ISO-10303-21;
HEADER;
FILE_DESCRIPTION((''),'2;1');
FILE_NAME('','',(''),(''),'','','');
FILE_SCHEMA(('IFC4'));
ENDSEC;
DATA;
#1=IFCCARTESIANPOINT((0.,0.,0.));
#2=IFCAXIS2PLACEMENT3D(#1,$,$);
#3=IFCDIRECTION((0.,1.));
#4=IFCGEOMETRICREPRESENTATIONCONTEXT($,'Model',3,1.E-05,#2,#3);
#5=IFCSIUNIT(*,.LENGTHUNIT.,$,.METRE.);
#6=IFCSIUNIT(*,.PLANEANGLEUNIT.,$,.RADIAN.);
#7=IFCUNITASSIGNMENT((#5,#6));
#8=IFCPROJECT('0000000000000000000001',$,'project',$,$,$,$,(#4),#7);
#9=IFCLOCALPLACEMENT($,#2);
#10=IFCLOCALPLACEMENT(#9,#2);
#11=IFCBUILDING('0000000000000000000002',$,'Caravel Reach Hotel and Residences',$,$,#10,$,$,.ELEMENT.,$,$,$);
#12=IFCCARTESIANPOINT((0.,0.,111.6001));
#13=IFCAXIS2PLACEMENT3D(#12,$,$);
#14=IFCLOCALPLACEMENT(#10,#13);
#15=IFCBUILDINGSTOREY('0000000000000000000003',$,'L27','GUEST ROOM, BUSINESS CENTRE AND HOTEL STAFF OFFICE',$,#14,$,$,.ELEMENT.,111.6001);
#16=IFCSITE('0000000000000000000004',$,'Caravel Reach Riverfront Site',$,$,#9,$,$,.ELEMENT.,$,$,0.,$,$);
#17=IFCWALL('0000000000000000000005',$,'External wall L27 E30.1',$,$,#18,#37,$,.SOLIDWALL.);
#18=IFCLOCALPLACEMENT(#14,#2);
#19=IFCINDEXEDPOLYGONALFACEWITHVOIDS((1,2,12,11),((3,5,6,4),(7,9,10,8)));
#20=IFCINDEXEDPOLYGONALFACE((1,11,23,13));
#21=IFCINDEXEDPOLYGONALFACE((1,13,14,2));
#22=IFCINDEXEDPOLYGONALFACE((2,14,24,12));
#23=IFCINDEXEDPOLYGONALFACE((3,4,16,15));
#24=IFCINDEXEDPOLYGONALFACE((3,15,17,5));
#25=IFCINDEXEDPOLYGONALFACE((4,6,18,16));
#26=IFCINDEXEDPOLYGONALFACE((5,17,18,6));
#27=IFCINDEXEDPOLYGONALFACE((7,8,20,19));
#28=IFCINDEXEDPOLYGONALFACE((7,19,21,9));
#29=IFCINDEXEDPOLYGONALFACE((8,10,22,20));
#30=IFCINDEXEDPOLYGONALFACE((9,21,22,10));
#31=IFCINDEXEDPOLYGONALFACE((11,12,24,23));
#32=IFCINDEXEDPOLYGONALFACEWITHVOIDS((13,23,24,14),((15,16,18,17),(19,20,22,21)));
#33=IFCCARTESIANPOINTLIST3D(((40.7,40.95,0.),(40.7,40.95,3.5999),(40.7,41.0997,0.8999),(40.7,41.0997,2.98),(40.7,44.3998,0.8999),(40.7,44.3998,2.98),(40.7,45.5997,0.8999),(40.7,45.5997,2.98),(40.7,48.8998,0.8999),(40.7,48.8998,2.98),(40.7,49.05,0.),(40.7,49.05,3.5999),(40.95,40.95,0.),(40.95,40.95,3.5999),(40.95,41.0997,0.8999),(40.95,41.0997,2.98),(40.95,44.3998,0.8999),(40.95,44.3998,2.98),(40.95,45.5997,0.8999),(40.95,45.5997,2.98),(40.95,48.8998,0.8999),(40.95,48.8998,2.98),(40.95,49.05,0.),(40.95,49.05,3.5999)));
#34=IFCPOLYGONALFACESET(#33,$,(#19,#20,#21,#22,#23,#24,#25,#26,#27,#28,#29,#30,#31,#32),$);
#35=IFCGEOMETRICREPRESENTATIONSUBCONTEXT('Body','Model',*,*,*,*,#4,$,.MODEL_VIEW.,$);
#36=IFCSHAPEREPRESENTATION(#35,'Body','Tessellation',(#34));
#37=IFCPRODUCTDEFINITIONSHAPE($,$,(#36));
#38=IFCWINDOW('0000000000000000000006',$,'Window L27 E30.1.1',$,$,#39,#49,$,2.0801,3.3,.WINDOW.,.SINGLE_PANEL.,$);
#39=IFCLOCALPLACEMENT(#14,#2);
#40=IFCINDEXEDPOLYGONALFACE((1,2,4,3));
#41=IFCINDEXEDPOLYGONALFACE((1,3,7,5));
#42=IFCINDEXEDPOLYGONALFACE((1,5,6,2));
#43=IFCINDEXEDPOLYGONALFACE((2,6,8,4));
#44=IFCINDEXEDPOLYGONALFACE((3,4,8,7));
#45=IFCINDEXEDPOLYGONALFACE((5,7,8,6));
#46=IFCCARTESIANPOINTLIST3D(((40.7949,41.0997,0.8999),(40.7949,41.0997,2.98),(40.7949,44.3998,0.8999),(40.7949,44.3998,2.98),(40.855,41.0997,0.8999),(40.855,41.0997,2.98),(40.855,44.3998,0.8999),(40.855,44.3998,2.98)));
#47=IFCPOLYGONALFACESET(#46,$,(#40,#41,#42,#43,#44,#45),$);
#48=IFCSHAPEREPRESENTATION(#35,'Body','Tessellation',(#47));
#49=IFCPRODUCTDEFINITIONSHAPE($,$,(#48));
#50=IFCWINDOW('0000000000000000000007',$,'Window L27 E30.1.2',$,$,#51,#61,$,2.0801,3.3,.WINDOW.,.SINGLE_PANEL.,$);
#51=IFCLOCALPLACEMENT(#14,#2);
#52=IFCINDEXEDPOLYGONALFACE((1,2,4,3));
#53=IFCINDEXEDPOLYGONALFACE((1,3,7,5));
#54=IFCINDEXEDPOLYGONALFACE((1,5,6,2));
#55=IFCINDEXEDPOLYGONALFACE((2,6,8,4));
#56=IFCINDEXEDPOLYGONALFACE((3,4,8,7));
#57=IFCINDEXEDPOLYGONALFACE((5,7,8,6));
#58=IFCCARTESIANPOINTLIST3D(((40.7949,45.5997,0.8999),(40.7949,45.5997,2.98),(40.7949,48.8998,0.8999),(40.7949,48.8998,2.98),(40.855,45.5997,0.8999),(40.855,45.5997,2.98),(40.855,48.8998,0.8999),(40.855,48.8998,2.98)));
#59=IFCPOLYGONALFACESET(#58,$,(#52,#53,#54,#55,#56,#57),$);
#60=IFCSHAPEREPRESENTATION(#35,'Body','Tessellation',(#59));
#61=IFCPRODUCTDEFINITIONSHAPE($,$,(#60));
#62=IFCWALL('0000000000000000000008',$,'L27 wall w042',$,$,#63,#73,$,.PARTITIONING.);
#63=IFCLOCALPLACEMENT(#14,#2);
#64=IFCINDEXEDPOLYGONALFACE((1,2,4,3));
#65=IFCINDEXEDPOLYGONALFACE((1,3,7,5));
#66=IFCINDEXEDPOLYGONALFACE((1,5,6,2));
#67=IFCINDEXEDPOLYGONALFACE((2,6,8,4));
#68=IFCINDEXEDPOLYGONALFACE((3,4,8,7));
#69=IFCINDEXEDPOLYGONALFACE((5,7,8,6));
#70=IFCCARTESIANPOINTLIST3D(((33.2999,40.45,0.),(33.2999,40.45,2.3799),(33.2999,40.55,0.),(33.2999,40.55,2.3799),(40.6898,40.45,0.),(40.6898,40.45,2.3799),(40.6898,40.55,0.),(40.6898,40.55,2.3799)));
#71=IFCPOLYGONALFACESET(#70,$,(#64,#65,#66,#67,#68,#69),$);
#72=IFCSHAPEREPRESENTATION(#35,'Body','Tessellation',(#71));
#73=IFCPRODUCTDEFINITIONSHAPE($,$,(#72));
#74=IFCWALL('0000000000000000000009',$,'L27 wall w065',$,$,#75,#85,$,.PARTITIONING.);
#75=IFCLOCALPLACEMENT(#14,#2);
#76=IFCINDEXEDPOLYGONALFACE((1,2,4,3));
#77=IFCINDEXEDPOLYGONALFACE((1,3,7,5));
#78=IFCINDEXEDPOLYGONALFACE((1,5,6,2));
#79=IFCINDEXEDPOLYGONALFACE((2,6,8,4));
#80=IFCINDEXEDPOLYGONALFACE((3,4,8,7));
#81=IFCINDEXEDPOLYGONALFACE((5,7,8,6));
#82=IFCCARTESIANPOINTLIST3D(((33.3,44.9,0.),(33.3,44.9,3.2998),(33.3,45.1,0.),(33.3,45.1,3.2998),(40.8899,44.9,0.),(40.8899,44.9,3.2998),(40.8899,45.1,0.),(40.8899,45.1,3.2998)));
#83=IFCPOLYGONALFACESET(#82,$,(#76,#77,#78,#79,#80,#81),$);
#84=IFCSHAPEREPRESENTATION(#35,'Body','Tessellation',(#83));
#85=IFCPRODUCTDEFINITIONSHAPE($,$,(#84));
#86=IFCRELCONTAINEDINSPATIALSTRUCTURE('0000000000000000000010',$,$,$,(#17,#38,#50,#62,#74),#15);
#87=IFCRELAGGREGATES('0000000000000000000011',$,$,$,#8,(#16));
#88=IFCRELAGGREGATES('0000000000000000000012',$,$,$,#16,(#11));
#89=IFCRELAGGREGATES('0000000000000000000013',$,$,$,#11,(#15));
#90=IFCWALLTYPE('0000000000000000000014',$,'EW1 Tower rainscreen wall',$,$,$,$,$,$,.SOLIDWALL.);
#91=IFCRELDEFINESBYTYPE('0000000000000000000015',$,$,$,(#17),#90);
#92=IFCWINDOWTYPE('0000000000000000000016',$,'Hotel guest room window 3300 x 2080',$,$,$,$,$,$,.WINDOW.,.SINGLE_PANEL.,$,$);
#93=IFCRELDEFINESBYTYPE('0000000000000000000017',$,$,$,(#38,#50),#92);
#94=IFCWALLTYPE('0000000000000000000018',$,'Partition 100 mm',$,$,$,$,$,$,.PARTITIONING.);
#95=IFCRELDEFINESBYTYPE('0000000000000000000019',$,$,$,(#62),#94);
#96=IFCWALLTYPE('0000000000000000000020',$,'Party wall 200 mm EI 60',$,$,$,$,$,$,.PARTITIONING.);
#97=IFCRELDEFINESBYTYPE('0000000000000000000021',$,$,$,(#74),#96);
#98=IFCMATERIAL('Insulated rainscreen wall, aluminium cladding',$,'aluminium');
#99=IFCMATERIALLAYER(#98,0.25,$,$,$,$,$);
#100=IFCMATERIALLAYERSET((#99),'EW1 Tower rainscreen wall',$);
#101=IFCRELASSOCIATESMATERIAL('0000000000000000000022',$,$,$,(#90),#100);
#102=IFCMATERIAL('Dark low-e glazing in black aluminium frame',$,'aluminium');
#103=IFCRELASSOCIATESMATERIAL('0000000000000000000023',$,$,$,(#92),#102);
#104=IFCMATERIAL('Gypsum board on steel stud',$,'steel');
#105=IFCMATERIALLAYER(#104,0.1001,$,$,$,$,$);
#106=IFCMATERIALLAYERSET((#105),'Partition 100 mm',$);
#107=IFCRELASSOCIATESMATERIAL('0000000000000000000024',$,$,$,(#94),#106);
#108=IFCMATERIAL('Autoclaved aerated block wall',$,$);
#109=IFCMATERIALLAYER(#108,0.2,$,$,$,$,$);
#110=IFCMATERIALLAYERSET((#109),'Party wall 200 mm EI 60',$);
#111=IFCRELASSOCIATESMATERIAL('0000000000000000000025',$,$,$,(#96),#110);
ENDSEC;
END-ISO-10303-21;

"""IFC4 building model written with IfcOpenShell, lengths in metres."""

from ifc_helpers import new_model, si_unit, direction, frame, frame_2d, origin, place, context, subcontext, project, spatial, rectangle, extrude, material, layer, layer_set, type_object, element, fill, save


model = new_model("IFC4")

# Units and contexts
model_context = context("Model", 3, precision=1e-05, world=origin(), true_north=direction((0.0, 1.0)))
body_context = subcontext(model_context, "Body", "Model", "MODEL_VIEW")
ifc_project = project(units=[si_unit("LENGTHUNIT", "METRE"), si_unit("PLANEANGLEUNIT", "RADIAN")], contexts=[model_context])

# Site, building, storey
site_placement = place(None, origin())
site = spatial("IfcSite", under=ifc_project, at=site_placement, Name="Caravel Reach Riverfront Site", CompositionType="ELEMENT", RefElevation=0.0)
building_placement = place(site_placement, origin())
building = spatial("IfcBuilding", under=site, at=building_placement, Name="Caravel Reach Hotel and Residences", CompositionType="ELEMENT")
storey_placement = place(building_placement, frame((0.0, 0.0, 111.6001)))
storey = spatial("IfcBuildingStorey", under=building, at=storey_placement, Name="L27", Description="GUEST ROOM, BUSINESS CENTRE AND HOTEL STAFF OFFICE", CompositionType="ELEMENT", Elevation=111.6001)

# Shared definitions
ifc_material_1 = material(Name="Insulated rainscreen wall, aluminium cladding", Category="aluminium")
ifc_layer_1 = layer(ifc_material_1, 0.25)
ifc_layer_set_1 = layer_set([ifc_layer_1], Name="EW1 Tower rainscreen wall")
wall_type_1 = type_object("IfcWallType", Name="EW1 Tower rainscreen wall", PredefinedType="SOLIDWALL", material=ifc_layer_set_1)
ifc_material_2 = material(Name="Dark low-e glazing in black aluminium frame", Category="aluminium")
window_type = type_object("IfcWindowType", Name="Hotel guest room window 3300 x 2080", PartitioningType="SINGLE_PANEL", PredefinedType="WINDOW", material=ifc_material_2)

# Wall, openings, windows
wall_1_placement = place(storey_placement, frame((40.825, 40.95, 0.0), z_axis=(0.0, 0.0, 1.0), x_axis=(0.0, 1.0, 0.0)))
wall_1 = element("IfcWall", 1, at=wall_1_placement, inside=storey, type_object=wall_type_1, Name="External wall L27 E30.1", PredefinedType="SOLIDWALL", context=body_context, shape_type="SweptSolid", body=[
    extrude(rectangle(XDim=8.1001, YDim=0.25, at=frame_2d((4.05, 0.0))), origin(), (0.0, 0.0, 1.0), 3.5999),
])
opening_1_placement = place(wall_1_placement, frame((0.1499, 0.0, 0.8999)))
opening_1 = element("IfcOpeningElement", 2, at=opening_1_placement, cuts=wall_1, PredefinedType="OPENING", context=body_context, shape_type="SweptSolid", body=[
    extrude(rectangle(XDim=3.3, YDim=2.0801, at=frame_2d((1.6499, 1.04))), frame((0.0, 0.135, 0.0), z_axis=(0.0, -1.0, 0.0), x_axis=(1.0, 0.0, 0.0)), (0.0, 0.0, 1.0), 0.27),
])
opening_2_placement = place(wall_1_placement, frame((4.6499, 0.0, 0.8999)))
opening_2 = element("IfcOpeningElement", 3, at=opening_2_placement, cuts=wall_1, PredefinedType="OPENING", context=body_context, shape_type="SweptSolid", body=[
    extrude(rectangle(XDim=3.3, YDim=2.0801, at=frame_2d((1.6499, 1.04))), frame((0.0, 0.135, 0.0), z_axis=(0.0, -1.0, 0.0), x_axis=(1.0, 0.0, 0.0)), (0.0, 0.0, 1.0), 0.27),
])
window_1_placement = place(opening_1_placement, origin())
window_1 = element("IfcWindow", 4, at=window_1_placement, inside=storey, type_object=window_type, Name="Window L27 E30.1.1", OverallHeight=2.0801, OverallWidth=3.3, PartitioningType="SINGLE_PANEL", PredefinedType="WINDOW", context=body_context, shape_type="SweptSolid", body=[
    extrude(rectangle(XDim=3.3, YDim=2.0801, at=frame_2d((1.6499, 1.04))), frame((0.0, 0.03, 0.0), z_axis=(0.0, -1.0, 0.0), x_axis=(1.0, 0.0, 0.0)), (0.0, 0.0, 1.0), 0.0601),
])
fill(opening_1, window_1)
window_2_placement = place(opening_2_placement, origin())
window_2 = element("IfcWindow", 5, at=window_2_placement, inside=storey, type_object=window_type, Name="Window L27 E30.1.2", OverallHeight=2.0801, OverallWidth=3.3, PartitioningType="SINGLE_PANEL", PredefinedType="WINDOW", context=body_context, shape_type="SweptSolid", body=[
    extrude(rectangle(XDim=3.3, YDim=2.0801, at=frame_2d((1.6499, 1.04))), frame((0.0, 0.03, 0.0), z_axis=(0.0, -1.0, 0.0), x_axis=(1.0, 0.0, 0.0)), (0.0, 0.0, 1.0), 0.0601),
])
fill(opening_2, window_2)

# Walls
ifc_material_3 = material(Name="Gypsum board on steel stud", Category="steel")
ifc_layer_2 = layer(ifc_material_3, 0.1001)
ifc_layer_set_2 = layer_set([ifc_layer_2], Name="Partition 100 mm")
wall_type_2 = type_object("IfcWallType", Name="Partition 100 mm", PredefinedType="PARTITIONING", material=ifc_layer_set_2)
wall_2_placement = place(storey_placement, frame((33.3, 40.5, 0.0), z_axis=(0.0, 0.0, 1.0), x_axis=(1.0, 0.0, 0.0)))
element("IfcWall", 6, at=wall_2_placement, inside=storey, type_object=wall_type_2, Name="L27 wall w042", PredefinedType="PARTITIONING", context=body_context, shape_type="SweptSolid", body=[
    extrude(rectangle(XDim=7.3899, YDim=0.1001, at=frame_2d((3.6948, 0.0))), origin(), (0.0, 0.0, 1.0), 2.3799),
])
ifc_material_4 = material(Name="Autoclaved aerated block wall")
ifc_layer_3 = layer(ifc_material_4, 0.2)
ifc_layer_set_3 = layer_set([ifc_layer_3], Name="Party wall 200 mm EI 60")
wall_type_3 = type_object("IfcWallType", Name="Party wall 200 mm EI 60", PredefinedType="PARTITIONING", material=ifc_layer_set_3)
wall_3_placement = place(storey_placement, frame((33.3, 45.0, 0.0), z_axis=(0.0, 0.0, 1.0), x_axis=(1.0, 0.0, 0.0)))
element("IfcWall", 7, at=wall_3_placement, inside=storey, type_object=wall_type_3, Name="L27 wall w065", PredefinedType="PARTITIONING", context=body_context, shape_type="SweptSolid", body=[
    extrude(rectangle(XDim=7.5898, YDim=0.2, at=frame_2d((3.7949, 0.0))), origin(), (0.0, 0.0, 1.0), 3.2998),
])

save(model, "model.ifc")
